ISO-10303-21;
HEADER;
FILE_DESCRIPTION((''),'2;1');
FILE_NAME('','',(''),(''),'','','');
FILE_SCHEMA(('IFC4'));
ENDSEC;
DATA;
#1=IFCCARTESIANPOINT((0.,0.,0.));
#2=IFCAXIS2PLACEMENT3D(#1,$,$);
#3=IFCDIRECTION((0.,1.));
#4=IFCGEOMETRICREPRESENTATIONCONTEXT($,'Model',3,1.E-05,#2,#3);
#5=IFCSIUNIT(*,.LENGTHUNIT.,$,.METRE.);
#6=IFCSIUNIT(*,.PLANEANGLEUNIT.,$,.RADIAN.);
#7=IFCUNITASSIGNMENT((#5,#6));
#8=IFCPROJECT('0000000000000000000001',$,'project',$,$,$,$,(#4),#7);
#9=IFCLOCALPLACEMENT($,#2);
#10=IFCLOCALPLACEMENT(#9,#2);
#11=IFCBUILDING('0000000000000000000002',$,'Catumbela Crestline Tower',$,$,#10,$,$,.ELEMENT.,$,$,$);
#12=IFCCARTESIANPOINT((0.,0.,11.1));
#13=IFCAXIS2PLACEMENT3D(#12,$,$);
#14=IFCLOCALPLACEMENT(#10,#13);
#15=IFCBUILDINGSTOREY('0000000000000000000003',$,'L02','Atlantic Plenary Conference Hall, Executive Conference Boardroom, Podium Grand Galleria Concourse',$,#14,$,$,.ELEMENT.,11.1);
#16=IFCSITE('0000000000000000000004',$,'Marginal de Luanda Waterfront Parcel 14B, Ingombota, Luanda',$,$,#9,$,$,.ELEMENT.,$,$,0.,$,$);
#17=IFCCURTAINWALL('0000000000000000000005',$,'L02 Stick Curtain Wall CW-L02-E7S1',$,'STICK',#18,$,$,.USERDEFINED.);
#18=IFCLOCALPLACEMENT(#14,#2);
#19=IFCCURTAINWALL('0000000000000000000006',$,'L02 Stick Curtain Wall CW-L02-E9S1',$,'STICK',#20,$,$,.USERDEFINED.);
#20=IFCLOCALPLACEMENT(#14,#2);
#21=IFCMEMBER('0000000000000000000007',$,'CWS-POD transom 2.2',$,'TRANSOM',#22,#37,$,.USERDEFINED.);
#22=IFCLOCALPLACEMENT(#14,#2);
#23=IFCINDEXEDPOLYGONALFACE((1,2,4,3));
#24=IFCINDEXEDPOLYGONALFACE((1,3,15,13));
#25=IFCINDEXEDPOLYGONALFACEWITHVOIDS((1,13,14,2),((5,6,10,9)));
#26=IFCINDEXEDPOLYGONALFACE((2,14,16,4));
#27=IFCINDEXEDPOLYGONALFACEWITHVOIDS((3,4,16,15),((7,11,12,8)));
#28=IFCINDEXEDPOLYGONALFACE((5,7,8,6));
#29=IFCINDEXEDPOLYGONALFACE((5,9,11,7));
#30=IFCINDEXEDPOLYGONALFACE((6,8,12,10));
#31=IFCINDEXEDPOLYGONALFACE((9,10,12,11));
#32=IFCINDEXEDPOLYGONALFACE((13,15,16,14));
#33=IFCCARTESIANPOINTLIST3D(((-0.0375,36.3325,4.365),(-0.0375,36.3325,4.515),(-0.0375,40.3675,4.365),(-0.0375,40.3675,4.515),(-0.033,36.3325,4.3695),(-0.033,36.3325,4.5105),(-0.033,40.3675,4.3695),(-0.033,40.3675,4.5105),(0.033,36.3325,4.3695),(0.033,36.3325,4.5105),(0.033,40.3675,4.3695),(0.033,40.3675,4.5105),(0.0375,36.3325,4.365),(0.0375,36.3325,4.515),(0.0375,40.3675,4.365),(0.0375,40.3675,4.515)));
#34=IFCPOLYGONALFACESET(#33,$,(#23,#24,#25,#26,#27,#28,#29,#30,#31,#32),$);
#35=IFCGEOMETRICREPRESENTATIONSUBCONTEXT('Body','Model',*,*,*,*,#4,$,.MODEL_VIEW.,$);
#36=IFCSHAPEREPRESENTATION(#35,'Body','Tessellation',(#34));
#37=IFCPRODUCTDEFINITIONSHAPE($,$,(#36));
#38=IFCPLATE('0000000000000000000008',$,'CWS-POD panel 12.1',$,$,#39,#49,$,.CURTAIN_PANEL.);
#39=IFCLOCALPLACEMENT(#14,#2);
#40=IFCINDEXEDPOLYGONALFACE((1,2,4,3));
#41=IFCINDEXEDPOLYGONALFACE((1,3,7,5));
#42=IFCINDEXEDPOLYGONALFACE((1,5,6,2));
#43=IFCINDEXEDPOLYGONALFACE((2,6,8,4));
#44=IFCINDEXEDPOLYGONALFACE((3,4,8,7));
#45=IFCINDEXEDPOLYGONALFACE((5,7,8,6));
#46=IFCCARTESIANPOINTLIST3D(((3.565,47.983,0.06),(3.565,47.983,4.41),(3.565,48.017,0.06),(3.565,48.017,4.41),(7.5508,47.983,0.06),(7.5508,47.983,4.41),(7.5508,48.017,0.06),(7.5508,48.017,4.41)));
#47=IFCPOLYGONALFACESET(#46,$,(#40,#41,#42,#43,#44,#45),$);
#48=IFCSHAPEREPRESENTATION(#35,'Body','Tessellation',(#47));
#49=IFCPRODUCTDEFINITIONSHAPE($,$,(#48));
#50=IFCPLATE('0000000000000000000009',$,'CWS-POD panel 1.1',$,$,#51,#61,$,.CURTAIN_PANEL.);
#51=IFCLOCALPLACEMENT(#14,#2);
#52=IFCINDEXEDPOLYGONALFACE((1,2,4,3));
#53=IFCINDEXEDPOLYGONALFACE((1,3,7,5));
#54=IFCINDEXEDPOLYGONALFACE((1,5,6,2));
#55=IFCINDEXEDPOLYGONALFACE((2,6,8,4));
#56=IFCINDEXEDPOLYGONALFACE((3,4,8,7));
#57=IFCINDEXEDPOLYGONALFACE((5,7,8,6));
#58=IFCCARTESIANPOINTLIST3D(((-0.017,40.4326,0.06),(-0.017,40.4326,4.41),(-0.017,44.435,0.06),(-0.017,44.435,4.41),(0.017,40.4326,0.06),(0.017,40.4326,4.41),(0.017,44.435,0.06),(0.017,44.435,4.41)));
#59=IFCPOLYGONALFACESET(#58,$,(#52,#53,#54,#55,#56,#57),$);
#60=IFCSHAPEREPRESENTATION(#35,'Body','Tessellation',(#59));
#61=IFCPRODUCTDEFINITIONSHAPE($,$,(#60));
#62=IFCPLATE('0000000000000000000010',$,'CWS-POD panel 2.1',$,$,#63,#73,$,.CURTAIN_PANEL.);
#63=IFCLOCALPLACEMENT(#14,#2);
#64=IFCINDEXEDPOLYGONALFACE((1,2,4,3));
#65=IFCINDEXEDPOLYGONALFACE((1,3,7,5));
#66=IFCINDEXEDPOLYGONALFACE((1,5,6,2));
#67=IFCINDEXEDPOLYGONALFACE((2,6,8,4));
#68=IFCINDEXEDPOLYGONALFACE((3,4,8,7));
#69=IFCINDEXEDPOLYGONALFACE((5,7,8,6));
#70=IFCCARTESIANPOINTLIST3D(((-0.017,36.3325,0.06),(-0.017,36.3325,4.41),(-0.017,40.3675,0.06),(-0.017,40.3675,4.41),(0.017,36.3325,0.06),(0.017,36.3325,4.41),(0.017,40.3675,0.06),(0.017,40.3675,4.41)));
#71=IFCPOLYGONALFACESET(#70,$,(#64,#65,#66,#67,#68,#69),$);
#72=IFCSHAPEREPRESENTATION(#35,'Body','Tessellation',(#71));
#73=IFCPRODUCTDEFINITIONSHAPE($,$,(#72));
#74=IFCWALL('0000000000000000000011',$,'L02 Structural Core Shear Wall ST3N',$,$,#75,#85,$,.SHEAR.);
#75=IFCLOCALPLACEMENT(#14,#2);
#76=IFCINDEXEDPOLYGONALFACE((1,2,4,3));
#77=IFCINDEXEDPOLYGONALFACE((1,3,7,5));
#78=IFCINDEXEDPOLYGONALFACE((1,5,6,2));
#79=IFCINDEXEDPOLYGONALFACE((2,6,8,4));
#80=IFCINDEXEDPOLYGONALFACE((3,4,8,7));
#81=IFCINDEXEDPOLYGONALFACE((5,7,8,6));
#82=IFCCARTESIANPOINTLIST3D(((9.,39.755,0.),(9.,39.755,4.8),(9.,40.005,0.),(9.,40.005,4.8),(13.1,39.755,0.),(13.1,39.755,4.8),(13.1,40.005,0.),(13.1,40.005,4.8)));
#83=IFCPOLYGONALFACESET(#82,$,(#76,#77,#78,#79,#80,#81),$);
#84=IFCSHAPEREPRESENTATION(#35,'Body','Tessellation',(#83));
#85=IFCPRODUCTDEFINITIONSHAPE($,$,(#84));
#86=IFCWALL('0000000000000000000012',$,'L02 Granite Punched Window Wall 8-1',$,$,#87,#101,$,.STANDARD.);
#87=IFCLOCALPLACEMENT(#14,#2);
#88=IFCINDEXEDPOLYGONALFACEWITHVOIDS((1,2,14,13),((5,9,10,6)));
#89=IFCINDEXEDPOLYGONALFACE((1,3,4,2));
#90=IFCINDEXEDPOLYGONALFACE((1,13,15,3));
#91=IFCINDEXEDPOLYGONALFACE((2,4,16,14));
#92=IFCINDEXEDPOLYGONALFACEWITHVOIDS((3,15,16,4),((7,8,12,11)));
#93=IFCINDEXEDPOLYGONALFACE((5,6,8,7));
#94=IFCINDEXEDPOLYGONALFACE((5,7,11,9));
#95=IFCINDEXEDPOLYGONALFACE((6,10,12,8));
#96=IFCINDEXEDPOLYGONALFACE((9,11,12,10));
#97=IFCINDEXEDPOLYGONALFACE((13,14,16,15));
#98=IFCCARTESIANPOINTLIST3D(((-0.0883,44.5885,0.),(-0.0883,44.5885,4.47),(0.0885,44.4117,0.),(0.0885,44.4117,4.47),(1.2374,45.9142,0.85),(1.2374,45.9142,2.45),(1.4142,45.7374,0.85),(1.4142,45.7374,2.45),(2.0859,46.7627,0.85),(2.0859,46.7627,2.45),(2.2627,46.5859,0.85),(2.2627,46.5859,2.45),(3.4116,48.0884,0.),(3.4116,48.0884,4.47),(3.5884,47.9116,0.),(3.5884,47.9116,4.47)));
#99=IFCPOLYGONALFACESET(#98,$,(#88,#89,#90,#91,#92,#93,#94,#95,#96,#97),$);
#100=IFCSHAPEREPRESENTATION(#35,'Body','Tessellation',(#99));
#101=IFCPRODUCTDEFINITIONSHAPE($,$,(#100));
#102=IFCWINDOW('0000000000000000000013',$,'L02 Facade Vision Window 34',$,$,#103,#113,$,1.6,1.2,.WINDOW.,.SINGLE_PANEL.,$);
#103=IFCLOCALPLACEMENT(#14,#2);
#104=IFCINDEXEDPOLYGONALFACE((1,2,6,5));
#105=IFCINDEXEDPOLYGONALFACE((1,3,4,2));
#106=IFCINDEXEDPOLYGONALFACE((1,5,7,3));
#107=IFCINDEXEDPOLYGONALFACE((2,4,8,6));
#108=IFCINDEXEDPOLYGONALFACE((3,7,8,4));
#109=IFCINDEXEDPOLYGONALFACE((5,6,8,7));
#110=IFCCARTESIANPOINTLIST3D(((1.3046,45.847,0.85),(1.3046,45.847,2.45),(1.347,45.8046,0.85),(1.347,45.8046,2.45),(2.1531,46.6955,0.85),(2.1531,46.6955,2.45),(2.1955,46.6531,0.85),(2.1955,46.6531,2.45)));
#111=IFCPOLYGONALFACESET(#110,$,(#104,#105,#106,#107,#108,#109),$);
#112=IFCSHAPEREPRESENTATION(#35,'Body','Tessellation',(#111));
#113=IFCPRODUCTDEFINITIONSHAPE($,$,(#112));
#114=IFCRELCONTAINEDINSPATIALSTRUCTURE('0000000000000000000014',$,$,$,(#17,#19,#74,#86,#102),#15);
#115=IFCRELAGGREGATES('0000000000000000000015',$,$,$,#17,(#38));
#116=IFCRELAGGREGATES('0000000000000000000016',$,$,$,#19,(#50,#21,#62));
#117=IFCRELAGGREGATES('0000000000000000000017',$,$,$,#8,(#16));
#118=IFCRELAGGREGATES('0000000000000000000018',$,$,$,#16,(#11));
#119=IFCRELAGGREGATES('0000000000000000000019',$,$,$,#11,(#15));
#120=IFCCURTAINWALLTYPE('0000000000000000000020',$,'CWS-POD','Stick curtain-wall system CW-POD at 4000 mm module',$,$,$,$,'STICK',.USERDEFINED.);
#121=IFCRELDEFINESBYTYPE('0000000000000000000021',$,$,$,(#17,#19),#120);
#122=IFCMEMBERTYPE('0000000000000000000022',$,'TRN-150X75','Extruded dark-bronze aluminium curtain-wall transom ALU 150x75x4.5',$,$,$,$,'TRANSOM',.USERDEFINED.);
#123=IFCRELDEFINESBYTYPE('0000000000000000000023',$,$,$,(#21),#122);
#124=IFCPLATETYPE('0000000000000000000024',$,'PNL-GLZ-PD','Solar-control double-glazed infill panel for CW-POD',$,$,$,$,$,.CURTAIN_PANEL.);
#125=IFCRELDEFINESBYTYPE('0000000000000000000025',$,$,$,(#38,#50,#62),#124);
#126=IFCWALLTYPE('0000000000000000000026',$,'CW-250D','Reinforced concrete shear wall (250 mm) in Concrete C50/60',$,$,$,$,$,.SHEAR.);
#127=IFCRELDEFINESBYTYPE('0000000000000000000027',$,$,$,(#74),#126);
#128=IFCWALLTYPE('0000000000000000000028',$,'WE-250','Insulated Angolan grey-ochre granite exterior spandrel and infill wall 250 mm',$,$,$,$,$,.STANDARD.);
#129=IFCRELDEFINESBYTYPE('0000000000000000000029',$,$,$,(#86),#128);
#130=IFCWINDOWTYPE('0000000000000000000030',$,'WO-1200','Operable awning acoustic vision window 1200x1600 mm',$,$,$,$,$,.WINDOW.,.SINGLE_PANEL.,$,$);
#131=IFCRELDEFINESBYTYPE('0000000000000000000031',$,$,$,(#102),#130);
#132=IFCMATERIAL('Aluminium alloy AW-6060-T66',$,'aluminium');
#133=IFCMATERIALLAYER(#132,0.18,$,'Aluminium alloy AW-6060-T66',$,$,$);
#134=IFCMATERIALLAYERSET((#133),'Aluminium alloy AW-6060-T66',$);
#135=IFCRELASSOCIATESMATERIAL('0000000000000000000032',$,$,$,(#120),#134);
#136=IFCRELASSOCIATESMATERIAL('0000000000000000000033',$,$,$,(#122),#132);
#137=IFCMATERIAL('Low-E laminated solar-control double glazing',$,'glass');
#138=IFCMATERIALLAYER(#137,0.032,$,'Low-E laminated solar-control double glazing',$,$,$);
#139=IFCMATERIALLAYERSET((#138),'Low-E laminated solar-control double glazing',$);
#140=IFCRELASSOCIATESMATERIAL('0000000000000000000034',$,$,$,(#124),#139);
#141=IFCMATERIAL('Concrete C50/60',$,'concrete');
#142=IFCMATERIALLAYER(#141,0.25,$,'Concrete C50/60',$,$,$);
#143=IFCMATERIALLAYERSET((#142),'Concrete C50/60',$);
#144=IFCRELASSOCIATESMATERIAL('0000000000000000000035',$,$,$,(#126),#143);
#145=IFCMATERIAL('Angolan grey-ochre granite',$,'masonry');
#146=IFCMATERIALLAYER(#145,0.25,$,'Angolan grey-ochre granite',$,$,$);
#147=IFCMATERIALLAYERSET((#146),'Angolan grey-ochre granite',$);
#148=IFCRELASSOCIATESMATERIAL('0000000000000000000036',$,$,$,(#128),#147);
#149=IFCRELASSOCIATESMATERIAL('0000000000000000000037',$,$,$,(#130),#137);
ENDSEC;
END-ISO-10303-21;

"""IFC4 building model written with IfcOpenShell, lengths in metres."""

from ifc_helpers import new_model, si_unit, direction, frame, frame_2d, origin, origin_2d, place, context, subcontext, project, spatial, rectangle, hollow_rectangle, extrude, material, layer, layer_set, material_profile, profile_set, type_object, element, fill, aggregate, save


model = new_model("IFC4")

# Units and contexts
model_context = context("Model", 3, precision=1e-05, world=origin(), true_north=direction((0.0, 1.0)))
body_context = subcontext(model_context, "Body", "Model", "MODEL_VIEW")
ifc_project = project(units=[si_unit("LENGTHUNIT", "METRE"), si_unit("PLANEANGLEUNIT", "RADIAN")], contexts=[model_context])

# Site, building, storey
site_placement = place(None, origin())
site = spatial("IfcSite", under=ifc_project, at=site_placement, Name="Marginal de Luanda Waterfront Parcel 14B, Ingombota, Luanda", CompositionType="ELEMENT", RefElevation=0.0)
building_placement = place(site_placement, origin())
building = spatial("IfcBuilding", under=site, at=building_placement, Name="Catumbela Crestline Tower", CompositionType="ELEMENT")
storey_placement = place(building_placement, frame((0.0, 0.0, 11.1)))
storey = spatial("IfcBuildingStorey", under=building, at=storey_placement, Name="L02", Description="Atlantic Plenary Conference Hall, Executive Conference Boardroom, Podium Grand Galleria Concourse", CompositionType="ELEMENT", Elevation=11.1)

# Curtain walls
ifc_material_1 = material(Name="Aluminium alloy AW-6060-T66", Category="aluminium")
ifc_layer_1 = layer(ifc_material_1, 0.18, Name="Aluminium alloy AW-6060-T66")
ifc_layer_set_1 = layer_set([ifc_layer_1], Name="Aluminium alloy AW-6060-T66")
curtain_wall_type = type_object("IfcCurtainWallType", Name="CWS-POD", Description="Stick curtain-wall system CW-POD at 4000 mm module", ElementType="STICK", PredefinedType="USERDEFINED", material=ifc_layer_set_1)
curtain_wall_1_placement = place(storey_placement, origin())
curtain_wall_1 = element("IfcCurtainWall", 1, at=curtain_wall_1_placement, inside=storey, type_object=curtain_wall_type, Name="L02 Stick Curtain Wall CW-L02-E7S1", ObjectType="STICK", PredefinedType="USERDEFINED")
curtain_wall_2_placement = place(storey_placement, origin())
curtain_wall_2 = element("IfcCurtainWall", 2, at=curtain_wall_2_placement, inside=storey, type_object=curtain_wall_type, Name="L02 Stick Curtain Wall CW-L02-E9S1", ObjectType="STICK", PredefinedType="USERDEFINED")

# Member
ifc_material_profile_1 = material_profile(ifc_material_1, hollow_rectangle(XDim=0.075, YDim=0.15, WallThickness=0.0045, at=origin_2d()), Name="ALU 150x75x4.5")
ifc_profile_set_1 = profile_set([ifc_material_profile_1], Name="Aluminium alloy AW-6060-T66")
member_type_1 = type_object("IfcMemberType", Name="TRN-150X75", Description="Extruded dark-bronze aluminium curtain-wall transom ALU 150x75x4.5", ElementType="TRANSOM", PredefinedType="USERDEFINED", material=ifc_profile_set_1)
member_1_placement = place(storey_placement, frame((0.0, 40.3675, 4.44), z_axis=(0.0, -1.0, 0.0), x_axis=(1.0, 0.0, 0.0)))
member_1 = element("IfcMember", 3, at=member_1_placement, type_object=member_type_1, Name="CWS-POD transom 2.2", ObjectType="TRANSOM", PredefinedType="USERDEFINED", context=body_context, shape_type="SweptSolid", body=[
    extrude(hollow_rectangle(XDim=0.075, YDim=0.15, WallThickness=0.0045, at=origin_2d()), origin(), (0.0, 0.0, 1.0), 4.035),
])

# Plates
ifc_material_2 = material(Name="Low-E laminated solar-control double glazing", Category="glass")
ifc_layer_2 = layer(ifc_material_2, 0.032, Name="Low-E laminated solar-control double glazing")
ifc_layer_set_2 = layer_set([ifc_layer_2], Name="Low-E laminated solar-control double glazing")
plate_type = type_object("IfcPlateType", Name="PNL-GLZ-PD", Description="Solar-control double-glazed infill panel for CW-POD", PredefinedType="CURTAIN_PANEL", material=ifc_layer_set_2)
plate_1_placement = place(storey_placement, frame((5.5579, 48.0, 0.06), z_axis=(0.0, 0.0, 1.0), x_axis=(-1.0, 0.0, 0.0)))
plate_1 = element("IfcPlate", 4, at=plate_1_placement, type_object=plate_type, Name="CWS-POD panel 12.1", PredefinedType="CURTAIN_PANEL", context=body_context, shape_type="SweptSolid", body=[
    extrude(rectangle(XDim=3.9858, YDim=0.034, at=origin_2d()), origin(), (0.0, 0.0, 1.0), 4.35),
])
aggregate(curtain_wall_1, [plate_1])
plate_2_placement = place(storey_placement, frame((0.0, 42.4338, 0.06), z_axis=(0.0, 0.0, 1.0), x_axis=(0.0, -1.0, 0.0)))
plate_2 = element("IfcPlate", 5, at=plate_2_placement, type_object=plate_type, Name="CWS-POD panel 1.1", PredefinedType="CURTAIN_PANEL", context=body_context, shape_type="SweptSolid", body=[
    extrude(rectangle(XDim=4.0025, YDim=0.034, at=origin_2d()), origin(), (0.0, 0.0, 1.0), 4.35),
])
plate_3_placement = place(storey_placement, frame((0.0, 38.35, 0.06), z_axis=(0.0, 0.0, 1.0), x_axis=(0.0, -1.0, 0.0)))
plate_3 = element("IfcPlate", 6, at=plate_3_placement, type_object=plate_type, Name="CWS-POD panel 2.1", PredefinedType="CURTAIN_PANEL", context=body_context, shape_type="SweptSolid", body=[
    extrude(rectangle(XDim=4.035, YDim=0.034, at=origin_2d()), origin(), (0.0, 0.0, 1.0), 4.35),
])
aggregate(curtain_wall_2, [plate_2, member_1, plate_3])

# Wall
ifc_material_3 = material(Name="Concrete C50/60", Category="concrete")
ifc_layer_3 = layer(ifc_material_3, 0.25, Name="Concrete C50/60")
ifc_layer_set_3 = layer_set([ifc_layer_3], Name="Concrete C50/60")
wall_type_1 = type_object("IfcWallType", Name="CW-250D", Description="Reinforced concrete shear wall (250 mm) in Concrete C50/60", PredefinedType="SHEAR", material=ifc_layer_set_3)
wall_1_placement = place(storey_placement, frame((9.0, 39.88, 0.0), z_axis=(0.0, 0.0, 1.0), x_axis=(1.0, 0.0, 0.0)))
element("IfcWall", 7, at=wall_1_placement, inside=storey, type_object=wall_type_1, Name="L02 Structural Core Shear Wall ST3N", PredefinedType="SHEAR", context=body_context, shape_type="SweptSolid", body=[
    extrude(rectangle(XDim=4.1, YDim=0.25, at=frame_2d((2.05, 0.0))), origin(), (0.0, 0.0, 1.0), 4.8),
])

# Wall, opening, window
ifc_material_4 = material(Name="Angolan grey-ochre granite", Category="masonry")
ifc_layer_4 = layer(ifc_material_4, 0.25, Name="Angolan grey-ochre granite")
ifc_layer_set_4 = layer_set([ifc_layer_4], Name="Angolan grey-ochre granite")
wall_type_2 = type_object("IfcWallType", Name="WE-250", Description="Insulated Angolan grey-ochre granite exterior spandrel and infill wall 250 mm", PredefinedType="STANDARD", material=ifc_layer_set_4)
wall_2_placement = place(storey_placement, frame((3.5, 48.0, 0.0), z_axis=(0.0, 0.0, 1.0), x_axis=(-0.707107, -0.707107, 0.0)))
wall_2 = element("IfcWall", 8, at=wall_2_placement, inside=storey, type_object=wall_type_2, Name="L02 Granite Punched Window Wall 8-1", PredefinedType="STANDARD", context=body_context, shape_type="SweptSolid", body=[
    extrude(rectangle(XDim=4.9497, YDim=0.25, at=frame_2d((2.4748, 0.0))), origin(), (0.0, 0.0, 1.0), 4.47),
])
opening_placement = place(wall_2_placement, frame((1.8748, 0.0, 0.85)))
opening = element("IfcOpeningElement", 9, at=opening_placement, cuts=wall_2, PredefinedType="OPENING", context=body_context, shape_type="SweptSolid", body=[
    extrude(rectangle(XDim=1.2, YDim=1.6, at=frame_2d((0.6, 0.8))), frame((0.0, 0.135, 0.0), z_axis=(0.0, -1.0, 0.0), x_axis=(1.0, 0.0, 0.0)), (0.0, 0.0, 1.0), 0.27),
])
window_type = type_object("IfcWindowType", Name="WO-1200", Description="Operable awning acoustic vision window 1200x1600 mm", PartitioningType="SINGLE_PANEL", PredefinedType="WINDOW", material=ifc_material_2)
window_placement = place(opening_placement, origin())
window = element("IfcWindow", 10, at=window_placement, inside=storey, type_object=window_type, Name="L02 Facade Vision Window 34", OverallHeight=1.6, OverallWidth=1.2, PartitioningType="SINGLE_PANEL", PredefinedType="WINDOW", context=body_context, shape_type="SweptSolid", body=[
    extrude(rectangle(XDim=1.2, YDim=1.6, at=frame_2d((0.6, 0.8))), frame((0.0, 0.03, 0.0), z_axis=(0.0, -1.0, 0.0), x_axis=(1.0, 0.0, 0.0)), (0.0, 0.0, 1.0), 0.06),
])
fill(opening, window)

save(model, "model.ifc")
